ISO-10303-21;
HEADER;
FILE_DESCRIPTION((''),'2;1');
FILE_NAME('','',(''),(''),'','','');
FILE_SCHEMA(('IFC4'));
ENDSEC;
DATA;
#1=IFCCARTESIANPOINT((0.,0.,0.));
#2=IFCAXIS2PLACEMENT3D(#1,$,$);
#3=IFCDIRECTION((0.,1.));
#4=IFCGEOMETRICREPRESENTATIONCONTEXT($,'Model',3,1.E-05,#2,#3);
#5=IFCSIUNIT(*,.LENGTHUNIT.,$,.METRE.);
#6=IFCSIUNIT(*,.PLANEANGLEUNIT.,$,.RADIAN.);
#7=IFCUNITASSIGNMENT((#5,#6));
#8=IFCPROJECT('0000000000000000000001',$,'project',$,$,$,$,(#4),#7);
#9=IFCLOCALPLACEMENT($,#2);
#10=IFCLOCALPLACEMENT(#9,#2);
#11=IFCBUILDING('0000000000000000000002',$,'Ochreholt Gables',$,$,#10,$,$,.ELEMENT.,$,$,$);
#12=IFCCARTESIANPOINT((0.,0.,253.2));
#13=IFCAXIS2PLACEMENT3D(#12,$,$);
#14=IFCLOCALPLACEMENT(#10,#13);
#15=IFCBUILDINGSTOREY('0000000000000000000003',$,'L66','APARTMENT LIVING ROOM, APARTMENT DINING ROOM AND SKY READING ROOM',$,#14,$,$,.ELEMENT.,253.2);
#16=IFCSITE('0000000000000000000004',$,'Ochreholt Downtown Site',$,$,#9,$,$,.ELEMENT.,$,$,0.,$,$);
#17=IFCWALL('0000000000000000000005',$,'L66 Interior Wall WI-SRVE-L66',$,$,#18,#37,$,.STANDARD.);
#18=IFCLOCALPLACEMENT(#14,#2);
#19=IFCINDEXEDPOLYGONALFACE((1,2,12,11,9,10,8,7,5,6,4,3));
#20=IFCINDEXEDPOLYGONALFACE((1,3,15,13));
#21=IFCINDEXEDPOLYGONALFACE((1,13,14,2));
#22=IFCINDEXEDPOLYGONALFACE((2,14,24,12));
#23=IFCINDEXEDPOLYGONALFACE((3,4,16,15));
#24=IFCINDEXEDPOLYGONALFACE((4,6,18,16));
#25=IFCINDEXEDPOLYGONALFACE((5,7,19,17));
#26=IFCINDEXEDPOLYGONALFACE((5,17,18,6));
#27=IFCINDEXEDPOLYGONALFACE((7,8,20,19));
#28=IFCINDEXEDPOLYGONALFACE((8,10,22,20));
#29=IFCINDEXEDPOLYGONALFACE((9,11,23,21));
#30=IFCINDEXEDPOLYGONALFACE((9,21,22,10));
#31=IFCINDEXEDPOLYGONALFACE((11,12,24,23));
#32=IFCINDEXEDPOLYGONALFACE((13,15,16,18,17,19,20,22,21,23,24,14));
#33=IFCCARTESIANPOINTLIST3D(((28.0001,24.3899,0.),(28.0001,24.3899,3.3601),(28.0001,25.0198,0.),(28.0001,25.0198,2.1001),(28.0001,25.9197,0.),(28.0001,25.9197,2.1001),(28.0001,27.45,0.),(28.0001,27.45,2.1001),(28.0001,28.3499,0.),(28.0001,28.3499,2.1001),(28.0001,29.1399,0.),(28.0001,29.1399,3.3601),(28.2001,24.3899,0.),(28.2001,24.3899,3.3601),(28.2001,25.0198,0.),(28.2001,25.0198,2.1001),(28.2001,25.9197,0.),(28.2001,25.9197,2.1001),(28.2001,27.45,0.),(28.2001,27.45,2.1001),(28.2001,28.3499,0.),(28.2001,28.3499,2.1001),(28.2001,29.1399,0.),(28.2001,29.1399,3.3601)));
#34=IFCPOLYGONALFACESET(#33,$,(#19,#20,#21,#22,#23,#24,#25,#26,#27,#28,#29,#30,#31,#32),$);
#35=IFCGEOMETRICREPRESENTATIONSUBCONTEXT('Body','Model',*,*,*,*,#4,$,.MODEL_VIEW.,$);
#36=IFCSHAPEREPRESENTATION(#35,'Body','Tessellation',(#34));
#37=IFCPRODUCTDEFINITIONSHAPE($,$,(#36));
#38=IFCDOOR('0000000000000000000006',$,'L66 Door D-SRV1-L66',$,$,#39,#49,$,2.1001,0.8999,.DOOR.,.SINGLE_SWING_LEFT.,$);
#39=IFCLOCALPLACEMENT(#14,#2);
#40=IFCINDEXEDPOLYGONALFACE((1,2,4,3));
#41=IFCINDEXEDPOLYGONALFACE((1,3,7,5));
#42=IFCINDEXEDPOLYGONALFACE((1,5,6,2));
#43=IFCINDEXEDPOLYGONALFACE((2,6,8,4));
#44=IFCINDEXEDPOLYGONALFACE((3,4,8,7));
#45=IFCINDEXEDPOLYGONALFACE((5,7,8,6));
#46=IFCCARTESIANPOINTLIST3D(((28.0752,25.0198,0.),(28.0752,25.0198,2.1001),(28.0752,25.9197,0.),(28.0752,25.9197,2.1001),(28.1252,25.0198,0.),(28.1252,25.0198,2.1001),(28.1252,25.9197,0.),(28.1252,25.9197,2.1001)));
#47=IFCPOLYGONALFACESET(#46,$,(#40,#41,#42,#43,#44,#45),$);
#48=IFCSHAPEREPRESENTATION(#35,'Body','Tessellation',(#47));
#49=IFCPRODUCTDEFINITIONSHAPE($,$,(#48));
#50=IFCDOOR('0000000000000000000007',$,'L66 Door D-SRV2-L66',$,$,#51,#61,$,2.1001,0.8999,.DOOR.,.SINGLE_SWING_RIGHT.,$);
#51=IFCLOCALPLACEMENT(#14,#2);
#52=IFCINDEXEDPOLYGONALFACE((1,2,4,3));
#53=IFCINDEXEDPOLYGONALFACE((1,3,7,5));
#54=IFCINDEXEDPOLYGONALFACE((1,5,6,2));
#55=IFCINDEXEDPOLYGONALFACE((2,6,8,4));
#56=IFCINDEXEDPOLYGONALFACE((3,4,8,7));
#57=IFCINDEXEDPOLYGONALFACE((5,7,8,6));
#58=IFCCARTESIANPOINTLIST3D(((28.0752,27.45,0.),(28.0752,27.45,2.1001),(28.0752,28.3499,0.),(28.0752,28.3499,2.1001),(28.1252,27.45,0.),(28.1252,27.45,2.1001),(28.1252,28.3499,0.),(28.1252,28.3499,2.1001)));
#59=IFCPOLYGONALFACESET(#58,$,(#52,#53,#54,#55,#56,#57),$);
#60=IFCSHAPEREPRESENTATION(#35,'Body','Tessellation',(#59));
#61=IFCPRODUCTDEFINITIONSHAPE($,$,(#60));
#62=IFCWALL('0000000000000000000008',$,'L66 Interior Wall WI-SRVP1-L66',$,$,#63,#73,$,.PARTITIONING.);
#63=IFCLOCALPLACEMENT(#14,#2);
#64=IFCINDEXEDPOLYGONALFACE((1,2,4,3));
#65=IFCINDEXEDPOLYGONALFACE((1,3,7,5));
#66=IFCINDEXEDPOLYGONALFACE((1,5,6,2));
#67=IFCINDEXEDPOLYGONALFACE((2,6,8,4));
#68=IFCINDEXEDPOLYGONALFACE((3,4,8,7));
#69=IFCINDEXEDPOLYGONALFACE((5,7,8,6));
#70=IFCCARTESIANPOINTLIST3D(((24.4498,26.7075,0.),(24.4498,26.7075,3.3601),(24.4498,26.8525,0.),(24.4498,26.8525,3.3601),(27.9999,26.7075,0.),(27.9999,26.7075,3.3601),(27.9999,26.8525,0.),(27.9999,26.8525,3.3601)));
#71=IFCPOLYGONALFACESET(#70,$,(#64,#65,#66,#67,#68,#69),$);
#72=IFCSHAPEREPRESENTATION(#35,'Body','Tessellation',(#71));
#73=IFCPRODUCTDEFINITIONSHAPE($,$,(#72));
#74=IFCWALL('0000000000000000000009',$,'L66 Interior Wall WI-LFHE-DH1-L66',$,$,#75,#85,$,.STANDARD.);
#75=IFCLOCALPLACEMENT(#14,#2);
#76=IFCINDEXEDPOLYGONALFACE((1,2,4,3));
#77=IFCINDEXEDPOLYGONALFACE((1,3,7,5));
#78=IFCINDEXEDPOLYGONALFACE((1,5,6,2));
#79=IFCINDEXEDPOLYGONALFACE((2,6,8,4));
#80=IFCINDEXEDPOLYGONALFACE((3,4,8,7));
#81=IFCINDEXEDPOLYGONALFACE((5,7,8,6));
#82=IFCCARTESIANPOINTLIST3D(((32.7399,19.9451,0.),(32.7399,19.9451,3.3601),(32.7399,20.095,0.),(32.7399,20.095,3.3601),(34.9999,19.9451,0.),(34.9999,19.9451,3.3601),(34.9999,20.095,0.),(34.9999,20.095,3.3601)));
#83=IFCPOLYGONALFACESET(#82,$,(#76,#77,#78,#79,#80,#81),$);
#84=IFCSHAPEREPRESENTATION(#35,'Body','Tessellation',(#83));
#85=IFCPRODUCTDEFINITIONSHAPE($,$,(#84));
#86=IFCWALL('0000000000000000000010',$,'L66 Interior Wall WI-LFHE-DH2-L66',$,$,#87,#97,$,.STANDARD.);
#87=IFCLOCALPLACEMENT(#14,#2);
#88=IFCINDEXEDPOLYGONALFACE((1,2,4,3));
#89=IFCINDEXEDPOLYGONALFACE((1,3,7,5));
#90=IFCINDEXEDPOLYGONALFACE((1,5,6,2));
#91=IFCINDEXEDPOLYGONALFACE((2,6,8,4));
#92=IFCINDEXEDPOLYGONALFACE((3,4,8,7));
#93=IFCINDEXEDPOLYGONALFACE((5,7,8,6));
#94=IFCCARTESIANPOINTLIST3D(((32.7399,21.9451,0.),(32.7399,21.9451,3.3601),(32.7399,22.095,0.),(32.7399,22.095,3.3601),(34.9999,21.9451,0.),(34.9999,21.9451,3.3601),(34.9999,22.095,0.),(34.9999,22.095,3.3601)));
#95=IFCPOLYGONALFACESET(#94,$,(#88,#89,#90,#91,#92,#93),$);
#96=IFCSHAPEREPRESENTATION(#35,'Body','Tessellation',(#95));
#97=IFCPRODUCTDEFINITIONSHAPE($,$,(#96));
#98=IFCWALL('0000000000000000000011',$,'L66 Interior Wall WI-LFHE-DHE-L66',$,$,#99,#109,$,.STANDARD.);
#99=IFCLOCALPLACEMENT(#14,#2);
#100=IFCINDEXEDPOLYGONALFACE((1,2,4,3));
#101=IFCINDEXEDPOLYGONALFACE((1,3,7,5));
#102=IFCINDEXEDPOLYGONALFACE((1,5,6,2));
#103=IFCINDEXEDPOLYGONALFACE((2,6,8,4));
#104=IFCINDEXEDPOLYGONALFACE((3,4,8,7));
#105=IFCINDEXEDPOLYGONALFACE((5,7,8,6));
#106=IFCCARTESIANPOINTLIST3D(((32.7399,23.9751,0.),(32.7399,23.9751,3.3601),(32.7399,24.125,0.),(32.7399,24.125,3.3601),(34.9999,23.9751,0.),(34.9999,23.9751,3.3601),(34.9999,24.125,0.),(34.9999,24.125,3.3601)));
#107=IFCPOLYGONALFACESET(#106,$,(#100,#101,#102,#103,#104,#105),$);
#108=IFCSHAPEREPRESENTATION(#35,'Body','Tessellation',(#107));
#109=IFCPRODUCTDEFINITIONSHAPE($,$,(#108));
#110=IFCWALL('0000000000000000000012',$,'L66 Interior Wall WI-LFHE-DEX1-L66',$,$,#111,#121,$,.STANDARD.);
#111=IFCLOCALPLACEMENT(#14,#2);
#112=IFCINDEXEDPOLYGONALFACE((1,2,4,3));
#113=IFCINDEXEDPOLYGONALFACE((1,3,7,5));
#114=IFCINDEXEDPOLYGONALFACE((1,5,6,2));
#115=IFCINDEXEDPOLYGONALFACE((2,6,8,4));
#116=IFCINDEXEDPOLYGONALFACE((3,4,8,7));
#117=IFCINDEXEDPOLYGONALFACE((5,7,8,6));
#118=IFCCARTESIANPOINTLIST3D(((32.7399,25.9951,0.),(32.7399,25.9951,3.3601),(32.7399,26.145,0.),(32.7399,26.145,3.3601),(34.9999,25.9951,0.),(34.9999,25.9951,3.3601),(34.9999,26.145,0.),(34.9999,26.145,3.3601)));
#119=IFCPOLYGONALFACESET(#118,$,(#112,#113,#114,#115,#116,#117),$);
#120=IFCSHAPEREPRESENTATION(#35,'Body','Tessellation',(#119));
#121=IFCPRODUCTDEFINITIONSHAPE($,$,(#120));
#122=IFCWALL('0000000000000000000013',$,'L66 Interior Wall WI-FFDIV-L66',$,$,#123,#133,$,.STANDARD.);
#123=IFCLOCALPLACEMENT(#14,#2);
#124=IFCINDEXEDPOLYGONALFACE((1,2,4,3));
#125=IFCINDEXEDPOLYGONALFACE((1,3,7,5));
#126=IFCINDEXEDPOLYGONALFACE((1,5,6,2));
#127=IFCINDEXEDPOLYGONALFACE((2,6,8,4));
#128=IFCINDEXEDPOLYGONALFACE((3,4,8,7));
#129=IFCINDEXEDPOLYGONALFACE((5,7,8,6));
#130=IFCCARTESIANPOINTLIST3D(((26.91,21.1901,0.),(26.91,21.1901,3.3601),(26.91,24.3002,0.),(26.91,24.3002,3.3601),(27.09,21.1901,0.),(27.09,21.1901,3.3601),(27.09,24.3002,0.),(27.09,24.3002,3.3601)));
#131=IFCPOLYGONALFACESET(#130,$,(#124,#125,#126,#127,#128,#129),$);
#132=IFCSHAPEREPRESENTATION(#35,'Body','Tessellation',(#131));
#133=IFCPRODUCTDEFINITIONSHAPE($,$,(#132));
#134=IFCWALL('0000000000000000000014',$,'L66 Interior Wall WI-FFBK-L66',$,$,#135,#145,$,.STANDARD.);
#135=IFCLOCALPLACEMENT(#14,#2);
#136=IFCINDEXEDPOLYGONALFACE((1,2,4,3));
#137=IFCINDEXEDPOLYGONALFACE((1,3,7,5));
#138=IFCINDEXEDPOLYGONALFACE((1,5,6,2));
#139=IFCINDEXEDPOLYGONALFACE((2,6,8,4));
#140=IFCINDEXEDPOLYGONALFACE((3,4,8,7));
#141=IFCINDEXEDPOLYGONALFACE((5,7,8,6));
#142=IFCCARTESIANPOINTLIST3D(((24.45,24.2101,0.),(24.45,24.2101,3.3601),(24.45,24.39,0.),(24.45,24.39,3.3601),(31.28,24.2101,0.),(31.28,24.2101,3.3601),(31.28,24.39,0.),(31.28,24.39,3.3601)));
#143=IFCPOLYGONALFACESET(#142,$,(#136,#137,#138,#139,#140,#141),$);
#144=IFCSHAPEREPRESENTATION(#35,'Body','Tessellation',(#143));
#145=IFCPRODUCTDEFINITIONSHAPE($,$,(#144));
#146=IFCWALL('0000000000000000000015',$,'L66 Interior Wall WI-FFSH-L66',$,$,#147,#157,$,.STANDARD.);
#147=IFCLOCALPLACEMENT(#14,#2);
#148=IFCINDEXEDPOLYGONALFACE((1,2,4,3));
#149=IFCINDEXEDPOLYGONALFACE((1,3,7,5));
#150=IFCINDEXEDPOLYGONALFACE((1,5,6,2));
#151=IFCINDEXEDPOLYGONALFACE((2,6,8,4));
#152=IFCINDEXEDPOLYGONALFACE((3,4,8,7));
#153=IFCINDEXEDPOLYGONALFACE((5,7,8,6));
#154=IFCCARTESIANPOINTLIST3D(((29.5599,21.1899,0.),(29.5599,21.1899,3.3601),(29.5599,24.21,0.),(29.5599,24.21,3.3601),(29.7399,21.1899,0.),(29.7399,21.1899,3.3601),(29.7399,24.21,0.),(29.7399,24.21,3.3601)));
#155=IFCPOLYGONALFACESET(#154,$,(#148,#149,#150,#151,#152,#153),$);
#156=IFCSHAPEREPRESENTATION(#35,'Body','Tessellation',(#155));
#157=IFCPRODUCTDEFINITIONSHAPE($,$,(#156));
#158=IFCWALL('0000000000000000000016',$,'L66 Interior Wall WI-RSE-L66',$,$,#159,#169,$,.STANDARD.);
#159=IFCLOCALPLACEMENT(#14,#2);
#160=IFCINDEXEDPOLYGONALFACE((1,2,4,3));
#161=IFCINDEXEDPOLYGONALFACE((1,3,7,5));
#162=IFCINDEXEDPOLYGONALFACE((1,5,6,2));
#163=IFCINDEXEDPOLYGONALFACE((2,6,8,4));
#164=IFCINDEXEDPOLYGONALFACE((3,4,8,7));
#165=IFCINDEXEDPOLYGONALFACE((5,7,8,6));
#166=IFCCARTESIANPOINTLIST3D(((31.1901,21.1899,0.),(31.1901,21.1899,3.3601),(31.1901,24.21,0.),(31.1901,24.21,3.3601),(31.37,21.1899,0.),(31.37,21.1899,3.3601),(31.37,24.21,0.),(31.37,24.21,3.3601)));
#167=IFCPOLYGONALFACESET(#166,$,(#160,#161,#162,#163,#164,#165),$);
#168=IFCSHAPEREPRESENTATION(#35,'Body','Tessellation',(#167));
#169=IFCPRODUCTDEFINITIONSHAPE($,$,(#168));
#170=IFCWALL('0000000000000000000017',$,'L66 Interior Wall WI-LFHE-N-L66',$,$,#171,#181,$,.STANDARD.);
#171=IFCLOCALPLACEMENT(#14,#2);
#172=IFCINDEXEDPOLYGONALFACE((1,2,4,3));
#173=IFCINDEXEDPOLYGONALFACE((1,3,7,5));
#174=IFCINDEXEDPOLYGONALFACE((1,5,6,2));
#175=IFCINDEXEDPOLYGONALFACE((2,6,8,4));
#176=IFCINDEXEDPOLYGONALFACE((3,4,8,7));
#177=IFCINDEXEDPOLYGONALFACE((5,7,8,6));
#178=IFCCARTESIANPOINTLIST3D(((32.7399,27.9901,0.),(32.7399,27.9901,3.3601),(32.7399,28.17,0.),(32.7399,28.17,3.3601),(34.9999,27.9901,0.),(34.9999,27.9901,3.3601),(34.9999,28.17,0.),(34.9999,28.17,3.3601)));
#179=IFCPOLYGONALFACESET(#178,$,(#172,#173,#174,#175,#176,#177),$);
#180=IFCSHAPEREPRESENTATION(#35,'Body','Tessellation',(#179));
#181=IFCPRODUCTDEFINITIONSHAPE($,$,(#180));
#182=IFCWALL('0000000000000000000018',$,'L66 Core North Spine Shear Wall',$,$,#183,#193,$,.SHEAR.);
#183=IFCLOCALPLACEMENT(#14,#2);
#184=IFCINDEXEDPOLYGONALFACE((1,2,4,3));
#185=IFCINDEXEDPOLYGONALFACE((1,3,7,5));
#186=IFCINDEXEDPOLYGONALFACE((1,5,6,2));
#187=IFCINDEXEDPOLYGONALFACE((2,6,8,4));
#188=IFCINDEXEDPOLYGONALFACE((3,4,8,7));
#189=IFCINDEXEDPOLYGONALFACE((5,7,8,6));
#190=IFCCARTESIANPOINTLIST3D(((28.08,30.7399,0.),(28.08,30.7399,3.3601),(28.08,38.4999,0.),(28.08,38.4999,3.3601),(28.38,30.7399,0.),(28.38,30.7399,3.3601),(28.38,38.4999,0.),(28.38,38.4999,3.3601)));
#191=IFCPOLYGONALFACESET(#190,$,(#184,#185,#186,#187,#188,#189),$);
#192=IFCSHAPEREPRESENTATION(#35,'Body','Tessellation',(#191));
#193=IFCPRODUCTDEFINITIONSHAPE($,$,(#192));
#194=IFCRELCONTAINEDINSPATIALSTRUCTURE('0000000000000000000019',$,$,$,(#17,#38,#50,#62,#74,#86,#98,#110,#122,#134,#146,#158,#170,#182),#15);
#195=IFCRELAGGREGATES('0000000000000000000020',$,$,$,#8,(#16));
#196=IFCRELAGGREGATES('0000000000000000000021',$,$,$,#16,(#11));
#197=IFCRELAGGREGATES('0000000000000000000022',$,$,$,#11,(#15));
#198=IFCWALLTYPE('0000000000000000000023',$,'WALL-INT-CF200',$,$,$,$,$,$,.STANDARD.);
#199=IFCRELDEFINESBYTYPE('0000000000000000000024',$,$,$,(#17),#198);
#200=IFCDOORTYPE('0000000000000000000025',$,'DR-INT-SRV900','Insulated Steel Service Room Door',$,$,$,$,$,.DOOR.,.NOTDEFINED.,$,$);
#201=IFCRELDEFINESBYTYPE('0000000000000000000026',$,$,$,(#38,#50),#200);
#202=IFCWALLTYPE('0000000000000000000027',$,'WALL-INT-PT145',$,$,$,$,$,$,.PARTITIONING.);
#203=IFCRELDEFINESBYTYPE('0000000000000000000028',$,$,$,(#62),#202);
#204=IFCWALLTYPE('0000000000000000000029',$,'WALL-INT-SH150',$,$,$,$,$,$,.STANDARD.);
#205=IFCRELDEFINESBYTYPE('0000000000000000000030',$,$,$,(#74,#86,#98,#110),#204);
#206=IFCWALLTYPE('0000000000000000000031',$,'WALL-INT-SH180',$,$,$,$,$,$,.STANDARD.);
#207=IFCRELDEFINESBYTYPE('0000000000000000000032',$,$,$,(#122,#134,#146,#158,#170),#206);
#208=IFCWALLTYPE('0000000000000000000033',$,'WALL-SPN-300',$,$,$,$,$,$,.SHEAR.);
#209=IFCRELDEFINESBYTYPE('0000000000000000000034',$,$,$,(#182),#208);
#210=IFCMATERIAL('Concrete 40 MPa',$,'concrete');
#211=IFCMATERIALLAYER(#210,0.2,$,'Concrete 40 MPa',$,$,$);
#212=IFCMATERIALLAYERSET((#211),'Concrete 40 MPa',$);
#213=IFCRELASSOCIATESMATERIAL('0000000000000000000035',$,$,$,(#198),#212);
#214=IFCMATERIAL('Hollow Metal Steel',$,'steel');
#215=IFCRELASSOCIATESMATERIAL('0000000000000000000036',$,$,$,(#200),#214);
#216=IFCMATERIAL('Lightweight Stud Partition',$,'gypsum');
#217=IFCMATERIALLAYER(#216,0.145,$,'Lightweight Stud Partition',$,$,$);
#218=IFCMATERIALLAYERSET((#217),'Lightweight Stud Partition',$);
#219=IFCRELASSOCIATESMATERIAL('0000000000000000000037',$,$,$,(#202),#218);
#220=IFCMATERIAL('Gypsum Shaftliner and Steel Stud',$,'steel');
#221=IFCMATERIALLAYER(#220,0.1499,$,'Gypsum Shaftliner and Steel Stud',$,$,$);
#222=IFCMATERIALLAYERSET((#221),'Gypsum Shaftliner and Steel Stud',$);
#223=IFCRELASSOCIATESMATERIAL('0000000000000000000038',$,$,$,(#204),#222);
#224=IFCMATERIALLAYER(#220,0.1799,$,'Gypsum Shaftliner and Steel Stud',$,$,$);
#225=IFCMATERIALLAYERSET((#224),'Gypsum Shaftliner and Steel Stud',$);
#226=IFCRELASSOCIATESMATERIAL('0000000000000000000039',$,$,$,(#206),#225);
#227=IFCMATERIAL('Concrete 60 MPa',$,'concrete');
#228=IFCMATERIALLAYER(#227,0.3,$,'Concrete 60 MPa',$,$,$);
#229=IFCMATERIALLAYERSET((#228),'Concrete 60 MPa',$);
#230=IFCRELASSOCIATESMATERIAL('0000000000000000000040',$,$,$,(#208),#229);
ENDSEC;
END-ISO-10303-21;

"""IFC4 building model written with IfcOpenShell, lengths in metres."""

from ifc_helpers import new_model, si_unit, direction, frame, frame_2d, origin, place, context, subcontext, project, spatial, rectangle, extrude, material, layer, layer_set, type_object, element, fill, save


model = new_model("IFC4")

# Units and contexts
model_context = context("Model", 3, precision=1e-05, world=origin(), true_north=direction((0.0, 1.0)))
body_context = subcontext(model_context, "Body", "Model", "MODEL_VIEW")
ifc_project = project(units=[si_unit("LENGTHUNIT", "METRE"), si_unit("PLANEANGLEUNIT", "RADIAN")], contexts=[model_context])

# Site, building, storey
site_placement = place(None, origin())
site = spatial("IfcSite", under=ifc_project, at=site_placement, Name="Ochreholt Downtown Site", CompositionType="ELEMENT", RefElevation=0.0)
building_placement = place(site_placement, origin())
building = spatial("IfcBuilding", under=site, at=building_placement, Name="Ochreholt Gables", CompositionType="ELEMENT")
storey_placement = place(building_placement, frame((0.0, 0.0, 253.2)))
storey = spatial("IfcBuildingStorey", under=building, at=storey_placement, Name="L66", Description="APARTMENT LIVING ROOM, APARTMENT DINING ROOM AND SKY READING ROOM", CompositionType="ELEMENT", Elevation=253.2)

# Shared definitions
ifc_material_1 = material(Name="Concrete 40 MPa", Category="concrete")
ifc_layer_1 = layer(ifc_material_1, 0.2, Name="Concrete 40 MPa")
ifc_layer_set_1 = layer_set([ifc_layer_1], Name="Concrete 40 MPa")
wall_type_1 = type_object("IfcWallType", Name="WALL-INT-CF200", PredefinedType="STANDARD", material=ifc_layer_set_1)

# Wall, openings, doors
wall_1_placement = place(storey_placement, frame((28.1001, 24.3899, 0.0), z_axis=(0.0, 0.0, 1.0), x_axis=(0.0, 1.0, 0.0)))
wall_1 = element("IfcWall", 1, at=wall_1_placement, inside=storey, type_object=wall_type_1, Name="L66 Interior Wall WI-SRVE-L66", PredefinedType="STANDARD", context=body_context, shape_type="SweptSolid", body=[
    extrude(rectangle(XDim=4.75, YDim=0.2, at=frame_2d((2.375, 0.0))), origin(), (0.0, 0.0, 1.0), 3.3601),
])
opening_1_placement = place(wall_1_placement, frame((0.6299, 0.0, 0.0)))
opening_1 = element("IfcOpeningElement", 2, at=opening_1_placement, cuts=wall_1, PredefinedType="OPENING", context=body_context, shape_type="SweptSolid", body=[
    extrude(rectangle(XDim=0.8999, YDim=2.1001, at=frame_2d((0.45, 1.05))), frame((0.0, 0.1099, 0.0), z_axis=(0.0, -1.0, 0.0), x_axis=(1.0, 0.0, 0.0)), (0.0, 0.0, 1.0), 0.22),
])
opening_2_placement = place(wall_1_placement, frame((3.0601, 0.0, 0.0)))
opening_2 = element("IfcOpeningElement", 3, at=opening_2_placement, cuts=wall_1, PredefinedType="OPENING", context=body_context, shape_type="SweptSolid", body=[
    extrude(rectangle(XDim=0.8999, YDim=2.1001, at=frame_2d((0.45, 1.05))), frame((0.0, 0.1099, 0.0), z_axis=(0.0, -1.0, 0.0), x_axis=(1.0, 0.0, 0.0)), (0.0, 0.0, 1.0), 0.22),
])
ifc_material_2 = material(Name="Hollow Metal Steel", Category="steel")
door_type_1 = type_object("IfcDoorType", Name="DR-INT-SRV900", Description="Insulated Steel Service Room Door", OperationType="NOTDEFINED", PredefinedType="DOOR", material=ifc_material_2)
door_1_placement = place(opening_1_placement, origin())
door_1 = element("IfcDoor", 4, at=door_1_placement, inside=storey, type_object=door_type_1, Name="L66 Door D-SRV1-L66", OperationType="SINGLE_SWING_LEFT", OverallHeight=2.1001, OverallWidth=0.8999, PredefinedType="DOOR", context=body_context, shape_type="SweptSolid", body=[
    extrude(rectangle(XDim=0.8999, YDim=2.1001, at=frame_2d((0.45, 1.05))), frame((0.0, 0.0249, 0.0), z_axis=(0.0, -1.0, 0.0), x_axis=(1.0, 0.0, 0.0)), (0.0, 0.0, 1.0), 0.05),
])
fill(opening_1, door_1)
door_2_placement = place(opening_2_placement, origin())
door_2 = element("IfcDoor", 5, at=door_2_placement, inside=storey, type_object=door_type_1, Name="L66 Door D-SRV2-L66", OperationType="SINGLE_SWING_RIGHT", OverallHeight=2.1001, OverallWidth=0.8999, PredefinedType="DOOR", context=body_context, shape_type="SweptSolid", body=[
    extrude(rectangle(XDim=0.8999, YDim=2.1001, at=frame_2d((0.45, 1.05))), frame((0.0, 0.0249, 0.0), z_axis=(0.0, -1.0, 0.0), x_axis=(1.0, 0.0, 0.0)), (0.0, 0.0, 1.0), 0.05),
])
fill(opening_2, door_2)

# Walls
ifc_material_3 = material(Name="Lightweight Stud Partition", Category="gypsum")
ifc_layer_2 = layer(ifc_material_3, 0.145, Name="Lightweight Stud Partition")
ifc_layer_set_2 = layer_set([ifc_layer_2], Name="Lightweight Stud Partition")
wall_type_2 = type_object("IfcWallType", Name="WALL-INT-PT145", PredefinedType="PARTITIONING", material=ifc_layer_set_2)
wall_2_placement = place(storey_placement, frame((24.45, 26.78, 0.0), z_axis=(0.0, 0.0, 1.0), x_axis=(1.0, 0.0, 0.0)))
element("IfcWall", 6, at=wall_2_placement, inside=storey, type_object=wall_type_2, Name="L66 Interior Wall WI-SRVP1-L66", PredefinedType="PARTITIONING", context=body_context, shape_type="SweptSolid", body=[
    extrude(rectangle(XDim=3.55, YDim=0.145, at=frame_2d((1.7749, 0.0))), origin(), (0.0, 0.0, 1.0), 3.3601),
])
ifc_material_4 = material(Name="Gypsum Shaftliner and Steel Stud", Category="steel")
ifc_layer_3 = layer(ifc_material_4, 0.1499, Name="Gypsum Shaftliner and Steel Stud")
ifc_layer_set_3 = layer_set([ifc_layer_3], Name="Gypsum Shaftliner and Steel Stud")
wall_type_3 = type_object("IfcWallType", Name="WALL-INT-SH150", PredefinedType="STANDARD", material=ifc_layer_set_3)
for number, where, z_axis, x_axis, name in (
    (7, (32.74, 20.02, 0.0), (0.0, 0.0, 1.0), (1.0, 0.0, 0.0), "L66 Interior Wall WI-LFHE-DH1-L66"),
    (8, (32.74, 22.02, 0.0), (0.0, 0.0, 1.0), (1.0, 0.0, 0.0), "L66 Interior Wall WI-LFHE-DH2-L66"),
    (9, (32.74, 24.05, 0.0), (0.0, 0.0, 1.0), (1.0, 0.0, 0.0), "L66 Interior Wall WI-LFHE-DHE-L66"),
    (10, (32.74, 26.0701, 0.0), (0.0, 0.0, 1.0), (1.0, 0.0, 0.0), "L66 Interior Wall WI-LFHE-DEX1-L66"),
):
    element("IfcWall", number, at=place(storey_placement, frame(where, z_axis=z_axis, x_axis=x_axis)), inside=storey, type_object=wall_type_3, Name=name, PredefinedType="STANDARD", context=body_context, shape_type="SweptSolid", body=[
        extrude(rectangle(XDim=2.26, YDim=0.1499, at=frame_2d((1.1299, 0.0))), origin(), (0.0, 0.0, 1.0), 3.3601),
    ])
ifc_layer_4 = layer(ifc_material_4, 0.1799, Name="Gypsum Shaftliner and Steel Stud")
ifc_layer_set_4 = layer_set([ifc_layer_4], Name="Gypsum Shaftliner and Steel Stud")
wall_type_4 = type_object("IfcWallType", Name="WALL-INT-SH180", PredefinedType="STANDARD", material=ifc_layer_set_4)
wall_3_placement = place(storey_placement, frame((27.0, 21.1899, 0.0), z_axis=(0.0, 0.0, 1.0), x_axis=(0.0, 1.0, 0.0)))
element("IfcWall", 11, at=wall_3_placement, inside=storey, type_object=wall_type_4, Name="L66 Interior Wall WI-FFDIV-L66", PredefinedType="STANDARD", context=body_context, shape_type="SweptSolid", body=[
    extrude(rectangle(XDim=3.1101, YDim=0.1799, at=frame_2d((1.5552, 0.0))), origin(), (0.0, 0.0, 1.0), 3.3601),
])
wall_4_placement = place(storey_placement, frame((24.45, 24.3, 0.0), z_axis=(0.0, 0.0, 1.0), x_axis=(1.0, 0.0, 0.0)))
element("IfcWall", 12, at=wall_4_placement, inside=storey, type_object=wall_type_4, Name="L66 Interior Wall WI-FFBK-L66", PredefinedType="STANDARD", context=body_context, shape_type="SweptSolid", body=[
    extrude(rectangle(XDim=6.8301, YDim=0.1799, at=frame_2d((3.415, 0.0))), origin(), (0.0, 0.0, 1.0), 3.3601),
])
for number, where, z_axis, x_axis, name in (
    (13, (29.6499, 21.1899, 0.0), (0.0, 0.0, 1.0), (0.0, 1.0, 0.0), "L66 Interior Wall WI-FFSH-L66"),
    (14, (31.28, 21.1899, 0.0), (0.0, 0.0, 1.0), (0.0, 1.0, 0.0), "L66 Interior Wall WI-RSE-L66"),
):
    element("IfcWall", number, at=place(storey_placement, frame(where, z_axis=z_axis, x_axis=x_axis)), inside=storey, type_object=wall_type_4, Name=name, PredefinedType="STANDARD", context=body_context, shape_type="SweptSolid", body=[
        extrude(rectangle(XDim=3.02, YDim=0.1799, at=frame_2d((1.51, 0.0))), origin(), (0.0, 0.0, 1.0), 3.3601),
    ])
wall_5_placement = place(storey_placement, frame((32.74, 28.0801, 0.0), z_axis=(0.0, 0.0, 1.0), x_axis=(1.0, 0.0, 0.0)))
element("IfcWall", 15, at=wall_5_placement, inside=storey, type_object=wall_type_4, Name="L66 Interior Wall WI-LFHE-N-L66", PredefinedType="STANDARD", context=body_context, shape_type="SweptSolid", body=[
    extrude(rectangle(XDim=2.26, YDim=0.1799, at=frame_2d((1.1299, 0.0))), origin(), (0.0, 0.0, 1.0), 3.3601),
])
ifc_material_5 = material(Name="Concrete 60 MPa", Category="concrete")
ifc_layer_5 = layer(ifc_material_5, 0.3, Name="Concrete 60 MPa")
ifc_layer_set_5 = layer_set([ifc_layer_5], Name="Concrete 60 MPa")
wall_type_5 = type_object("IfcWallType", Name="WALL-SPN-300", PredefinedType="SHEAR", material=ifc_layer_set_5)
wall_6_placement = place(storey_placement, frame((28.23, 30.74, 0.0), z_axis=(0.0, 0.0, 1.0), x_axis=(0.0, 1.0, 0.0)))
element("IfcWall", 16, at=wall_6_placement, inside=storey, type_object=wall_type_5, Name="L66 Core North Spine Shear Wall", PredefinedType="SHEAR", context=body_context, shape_type="SweptSolid", body=[
    extrude(rectangle(XDim=7.76, YDim=0.3, at=frame_2d((3.8799, 0.0))), origin(), (0.0, 0.0, 1.0), 3.3601),
])

save(model, "model.ifc")
